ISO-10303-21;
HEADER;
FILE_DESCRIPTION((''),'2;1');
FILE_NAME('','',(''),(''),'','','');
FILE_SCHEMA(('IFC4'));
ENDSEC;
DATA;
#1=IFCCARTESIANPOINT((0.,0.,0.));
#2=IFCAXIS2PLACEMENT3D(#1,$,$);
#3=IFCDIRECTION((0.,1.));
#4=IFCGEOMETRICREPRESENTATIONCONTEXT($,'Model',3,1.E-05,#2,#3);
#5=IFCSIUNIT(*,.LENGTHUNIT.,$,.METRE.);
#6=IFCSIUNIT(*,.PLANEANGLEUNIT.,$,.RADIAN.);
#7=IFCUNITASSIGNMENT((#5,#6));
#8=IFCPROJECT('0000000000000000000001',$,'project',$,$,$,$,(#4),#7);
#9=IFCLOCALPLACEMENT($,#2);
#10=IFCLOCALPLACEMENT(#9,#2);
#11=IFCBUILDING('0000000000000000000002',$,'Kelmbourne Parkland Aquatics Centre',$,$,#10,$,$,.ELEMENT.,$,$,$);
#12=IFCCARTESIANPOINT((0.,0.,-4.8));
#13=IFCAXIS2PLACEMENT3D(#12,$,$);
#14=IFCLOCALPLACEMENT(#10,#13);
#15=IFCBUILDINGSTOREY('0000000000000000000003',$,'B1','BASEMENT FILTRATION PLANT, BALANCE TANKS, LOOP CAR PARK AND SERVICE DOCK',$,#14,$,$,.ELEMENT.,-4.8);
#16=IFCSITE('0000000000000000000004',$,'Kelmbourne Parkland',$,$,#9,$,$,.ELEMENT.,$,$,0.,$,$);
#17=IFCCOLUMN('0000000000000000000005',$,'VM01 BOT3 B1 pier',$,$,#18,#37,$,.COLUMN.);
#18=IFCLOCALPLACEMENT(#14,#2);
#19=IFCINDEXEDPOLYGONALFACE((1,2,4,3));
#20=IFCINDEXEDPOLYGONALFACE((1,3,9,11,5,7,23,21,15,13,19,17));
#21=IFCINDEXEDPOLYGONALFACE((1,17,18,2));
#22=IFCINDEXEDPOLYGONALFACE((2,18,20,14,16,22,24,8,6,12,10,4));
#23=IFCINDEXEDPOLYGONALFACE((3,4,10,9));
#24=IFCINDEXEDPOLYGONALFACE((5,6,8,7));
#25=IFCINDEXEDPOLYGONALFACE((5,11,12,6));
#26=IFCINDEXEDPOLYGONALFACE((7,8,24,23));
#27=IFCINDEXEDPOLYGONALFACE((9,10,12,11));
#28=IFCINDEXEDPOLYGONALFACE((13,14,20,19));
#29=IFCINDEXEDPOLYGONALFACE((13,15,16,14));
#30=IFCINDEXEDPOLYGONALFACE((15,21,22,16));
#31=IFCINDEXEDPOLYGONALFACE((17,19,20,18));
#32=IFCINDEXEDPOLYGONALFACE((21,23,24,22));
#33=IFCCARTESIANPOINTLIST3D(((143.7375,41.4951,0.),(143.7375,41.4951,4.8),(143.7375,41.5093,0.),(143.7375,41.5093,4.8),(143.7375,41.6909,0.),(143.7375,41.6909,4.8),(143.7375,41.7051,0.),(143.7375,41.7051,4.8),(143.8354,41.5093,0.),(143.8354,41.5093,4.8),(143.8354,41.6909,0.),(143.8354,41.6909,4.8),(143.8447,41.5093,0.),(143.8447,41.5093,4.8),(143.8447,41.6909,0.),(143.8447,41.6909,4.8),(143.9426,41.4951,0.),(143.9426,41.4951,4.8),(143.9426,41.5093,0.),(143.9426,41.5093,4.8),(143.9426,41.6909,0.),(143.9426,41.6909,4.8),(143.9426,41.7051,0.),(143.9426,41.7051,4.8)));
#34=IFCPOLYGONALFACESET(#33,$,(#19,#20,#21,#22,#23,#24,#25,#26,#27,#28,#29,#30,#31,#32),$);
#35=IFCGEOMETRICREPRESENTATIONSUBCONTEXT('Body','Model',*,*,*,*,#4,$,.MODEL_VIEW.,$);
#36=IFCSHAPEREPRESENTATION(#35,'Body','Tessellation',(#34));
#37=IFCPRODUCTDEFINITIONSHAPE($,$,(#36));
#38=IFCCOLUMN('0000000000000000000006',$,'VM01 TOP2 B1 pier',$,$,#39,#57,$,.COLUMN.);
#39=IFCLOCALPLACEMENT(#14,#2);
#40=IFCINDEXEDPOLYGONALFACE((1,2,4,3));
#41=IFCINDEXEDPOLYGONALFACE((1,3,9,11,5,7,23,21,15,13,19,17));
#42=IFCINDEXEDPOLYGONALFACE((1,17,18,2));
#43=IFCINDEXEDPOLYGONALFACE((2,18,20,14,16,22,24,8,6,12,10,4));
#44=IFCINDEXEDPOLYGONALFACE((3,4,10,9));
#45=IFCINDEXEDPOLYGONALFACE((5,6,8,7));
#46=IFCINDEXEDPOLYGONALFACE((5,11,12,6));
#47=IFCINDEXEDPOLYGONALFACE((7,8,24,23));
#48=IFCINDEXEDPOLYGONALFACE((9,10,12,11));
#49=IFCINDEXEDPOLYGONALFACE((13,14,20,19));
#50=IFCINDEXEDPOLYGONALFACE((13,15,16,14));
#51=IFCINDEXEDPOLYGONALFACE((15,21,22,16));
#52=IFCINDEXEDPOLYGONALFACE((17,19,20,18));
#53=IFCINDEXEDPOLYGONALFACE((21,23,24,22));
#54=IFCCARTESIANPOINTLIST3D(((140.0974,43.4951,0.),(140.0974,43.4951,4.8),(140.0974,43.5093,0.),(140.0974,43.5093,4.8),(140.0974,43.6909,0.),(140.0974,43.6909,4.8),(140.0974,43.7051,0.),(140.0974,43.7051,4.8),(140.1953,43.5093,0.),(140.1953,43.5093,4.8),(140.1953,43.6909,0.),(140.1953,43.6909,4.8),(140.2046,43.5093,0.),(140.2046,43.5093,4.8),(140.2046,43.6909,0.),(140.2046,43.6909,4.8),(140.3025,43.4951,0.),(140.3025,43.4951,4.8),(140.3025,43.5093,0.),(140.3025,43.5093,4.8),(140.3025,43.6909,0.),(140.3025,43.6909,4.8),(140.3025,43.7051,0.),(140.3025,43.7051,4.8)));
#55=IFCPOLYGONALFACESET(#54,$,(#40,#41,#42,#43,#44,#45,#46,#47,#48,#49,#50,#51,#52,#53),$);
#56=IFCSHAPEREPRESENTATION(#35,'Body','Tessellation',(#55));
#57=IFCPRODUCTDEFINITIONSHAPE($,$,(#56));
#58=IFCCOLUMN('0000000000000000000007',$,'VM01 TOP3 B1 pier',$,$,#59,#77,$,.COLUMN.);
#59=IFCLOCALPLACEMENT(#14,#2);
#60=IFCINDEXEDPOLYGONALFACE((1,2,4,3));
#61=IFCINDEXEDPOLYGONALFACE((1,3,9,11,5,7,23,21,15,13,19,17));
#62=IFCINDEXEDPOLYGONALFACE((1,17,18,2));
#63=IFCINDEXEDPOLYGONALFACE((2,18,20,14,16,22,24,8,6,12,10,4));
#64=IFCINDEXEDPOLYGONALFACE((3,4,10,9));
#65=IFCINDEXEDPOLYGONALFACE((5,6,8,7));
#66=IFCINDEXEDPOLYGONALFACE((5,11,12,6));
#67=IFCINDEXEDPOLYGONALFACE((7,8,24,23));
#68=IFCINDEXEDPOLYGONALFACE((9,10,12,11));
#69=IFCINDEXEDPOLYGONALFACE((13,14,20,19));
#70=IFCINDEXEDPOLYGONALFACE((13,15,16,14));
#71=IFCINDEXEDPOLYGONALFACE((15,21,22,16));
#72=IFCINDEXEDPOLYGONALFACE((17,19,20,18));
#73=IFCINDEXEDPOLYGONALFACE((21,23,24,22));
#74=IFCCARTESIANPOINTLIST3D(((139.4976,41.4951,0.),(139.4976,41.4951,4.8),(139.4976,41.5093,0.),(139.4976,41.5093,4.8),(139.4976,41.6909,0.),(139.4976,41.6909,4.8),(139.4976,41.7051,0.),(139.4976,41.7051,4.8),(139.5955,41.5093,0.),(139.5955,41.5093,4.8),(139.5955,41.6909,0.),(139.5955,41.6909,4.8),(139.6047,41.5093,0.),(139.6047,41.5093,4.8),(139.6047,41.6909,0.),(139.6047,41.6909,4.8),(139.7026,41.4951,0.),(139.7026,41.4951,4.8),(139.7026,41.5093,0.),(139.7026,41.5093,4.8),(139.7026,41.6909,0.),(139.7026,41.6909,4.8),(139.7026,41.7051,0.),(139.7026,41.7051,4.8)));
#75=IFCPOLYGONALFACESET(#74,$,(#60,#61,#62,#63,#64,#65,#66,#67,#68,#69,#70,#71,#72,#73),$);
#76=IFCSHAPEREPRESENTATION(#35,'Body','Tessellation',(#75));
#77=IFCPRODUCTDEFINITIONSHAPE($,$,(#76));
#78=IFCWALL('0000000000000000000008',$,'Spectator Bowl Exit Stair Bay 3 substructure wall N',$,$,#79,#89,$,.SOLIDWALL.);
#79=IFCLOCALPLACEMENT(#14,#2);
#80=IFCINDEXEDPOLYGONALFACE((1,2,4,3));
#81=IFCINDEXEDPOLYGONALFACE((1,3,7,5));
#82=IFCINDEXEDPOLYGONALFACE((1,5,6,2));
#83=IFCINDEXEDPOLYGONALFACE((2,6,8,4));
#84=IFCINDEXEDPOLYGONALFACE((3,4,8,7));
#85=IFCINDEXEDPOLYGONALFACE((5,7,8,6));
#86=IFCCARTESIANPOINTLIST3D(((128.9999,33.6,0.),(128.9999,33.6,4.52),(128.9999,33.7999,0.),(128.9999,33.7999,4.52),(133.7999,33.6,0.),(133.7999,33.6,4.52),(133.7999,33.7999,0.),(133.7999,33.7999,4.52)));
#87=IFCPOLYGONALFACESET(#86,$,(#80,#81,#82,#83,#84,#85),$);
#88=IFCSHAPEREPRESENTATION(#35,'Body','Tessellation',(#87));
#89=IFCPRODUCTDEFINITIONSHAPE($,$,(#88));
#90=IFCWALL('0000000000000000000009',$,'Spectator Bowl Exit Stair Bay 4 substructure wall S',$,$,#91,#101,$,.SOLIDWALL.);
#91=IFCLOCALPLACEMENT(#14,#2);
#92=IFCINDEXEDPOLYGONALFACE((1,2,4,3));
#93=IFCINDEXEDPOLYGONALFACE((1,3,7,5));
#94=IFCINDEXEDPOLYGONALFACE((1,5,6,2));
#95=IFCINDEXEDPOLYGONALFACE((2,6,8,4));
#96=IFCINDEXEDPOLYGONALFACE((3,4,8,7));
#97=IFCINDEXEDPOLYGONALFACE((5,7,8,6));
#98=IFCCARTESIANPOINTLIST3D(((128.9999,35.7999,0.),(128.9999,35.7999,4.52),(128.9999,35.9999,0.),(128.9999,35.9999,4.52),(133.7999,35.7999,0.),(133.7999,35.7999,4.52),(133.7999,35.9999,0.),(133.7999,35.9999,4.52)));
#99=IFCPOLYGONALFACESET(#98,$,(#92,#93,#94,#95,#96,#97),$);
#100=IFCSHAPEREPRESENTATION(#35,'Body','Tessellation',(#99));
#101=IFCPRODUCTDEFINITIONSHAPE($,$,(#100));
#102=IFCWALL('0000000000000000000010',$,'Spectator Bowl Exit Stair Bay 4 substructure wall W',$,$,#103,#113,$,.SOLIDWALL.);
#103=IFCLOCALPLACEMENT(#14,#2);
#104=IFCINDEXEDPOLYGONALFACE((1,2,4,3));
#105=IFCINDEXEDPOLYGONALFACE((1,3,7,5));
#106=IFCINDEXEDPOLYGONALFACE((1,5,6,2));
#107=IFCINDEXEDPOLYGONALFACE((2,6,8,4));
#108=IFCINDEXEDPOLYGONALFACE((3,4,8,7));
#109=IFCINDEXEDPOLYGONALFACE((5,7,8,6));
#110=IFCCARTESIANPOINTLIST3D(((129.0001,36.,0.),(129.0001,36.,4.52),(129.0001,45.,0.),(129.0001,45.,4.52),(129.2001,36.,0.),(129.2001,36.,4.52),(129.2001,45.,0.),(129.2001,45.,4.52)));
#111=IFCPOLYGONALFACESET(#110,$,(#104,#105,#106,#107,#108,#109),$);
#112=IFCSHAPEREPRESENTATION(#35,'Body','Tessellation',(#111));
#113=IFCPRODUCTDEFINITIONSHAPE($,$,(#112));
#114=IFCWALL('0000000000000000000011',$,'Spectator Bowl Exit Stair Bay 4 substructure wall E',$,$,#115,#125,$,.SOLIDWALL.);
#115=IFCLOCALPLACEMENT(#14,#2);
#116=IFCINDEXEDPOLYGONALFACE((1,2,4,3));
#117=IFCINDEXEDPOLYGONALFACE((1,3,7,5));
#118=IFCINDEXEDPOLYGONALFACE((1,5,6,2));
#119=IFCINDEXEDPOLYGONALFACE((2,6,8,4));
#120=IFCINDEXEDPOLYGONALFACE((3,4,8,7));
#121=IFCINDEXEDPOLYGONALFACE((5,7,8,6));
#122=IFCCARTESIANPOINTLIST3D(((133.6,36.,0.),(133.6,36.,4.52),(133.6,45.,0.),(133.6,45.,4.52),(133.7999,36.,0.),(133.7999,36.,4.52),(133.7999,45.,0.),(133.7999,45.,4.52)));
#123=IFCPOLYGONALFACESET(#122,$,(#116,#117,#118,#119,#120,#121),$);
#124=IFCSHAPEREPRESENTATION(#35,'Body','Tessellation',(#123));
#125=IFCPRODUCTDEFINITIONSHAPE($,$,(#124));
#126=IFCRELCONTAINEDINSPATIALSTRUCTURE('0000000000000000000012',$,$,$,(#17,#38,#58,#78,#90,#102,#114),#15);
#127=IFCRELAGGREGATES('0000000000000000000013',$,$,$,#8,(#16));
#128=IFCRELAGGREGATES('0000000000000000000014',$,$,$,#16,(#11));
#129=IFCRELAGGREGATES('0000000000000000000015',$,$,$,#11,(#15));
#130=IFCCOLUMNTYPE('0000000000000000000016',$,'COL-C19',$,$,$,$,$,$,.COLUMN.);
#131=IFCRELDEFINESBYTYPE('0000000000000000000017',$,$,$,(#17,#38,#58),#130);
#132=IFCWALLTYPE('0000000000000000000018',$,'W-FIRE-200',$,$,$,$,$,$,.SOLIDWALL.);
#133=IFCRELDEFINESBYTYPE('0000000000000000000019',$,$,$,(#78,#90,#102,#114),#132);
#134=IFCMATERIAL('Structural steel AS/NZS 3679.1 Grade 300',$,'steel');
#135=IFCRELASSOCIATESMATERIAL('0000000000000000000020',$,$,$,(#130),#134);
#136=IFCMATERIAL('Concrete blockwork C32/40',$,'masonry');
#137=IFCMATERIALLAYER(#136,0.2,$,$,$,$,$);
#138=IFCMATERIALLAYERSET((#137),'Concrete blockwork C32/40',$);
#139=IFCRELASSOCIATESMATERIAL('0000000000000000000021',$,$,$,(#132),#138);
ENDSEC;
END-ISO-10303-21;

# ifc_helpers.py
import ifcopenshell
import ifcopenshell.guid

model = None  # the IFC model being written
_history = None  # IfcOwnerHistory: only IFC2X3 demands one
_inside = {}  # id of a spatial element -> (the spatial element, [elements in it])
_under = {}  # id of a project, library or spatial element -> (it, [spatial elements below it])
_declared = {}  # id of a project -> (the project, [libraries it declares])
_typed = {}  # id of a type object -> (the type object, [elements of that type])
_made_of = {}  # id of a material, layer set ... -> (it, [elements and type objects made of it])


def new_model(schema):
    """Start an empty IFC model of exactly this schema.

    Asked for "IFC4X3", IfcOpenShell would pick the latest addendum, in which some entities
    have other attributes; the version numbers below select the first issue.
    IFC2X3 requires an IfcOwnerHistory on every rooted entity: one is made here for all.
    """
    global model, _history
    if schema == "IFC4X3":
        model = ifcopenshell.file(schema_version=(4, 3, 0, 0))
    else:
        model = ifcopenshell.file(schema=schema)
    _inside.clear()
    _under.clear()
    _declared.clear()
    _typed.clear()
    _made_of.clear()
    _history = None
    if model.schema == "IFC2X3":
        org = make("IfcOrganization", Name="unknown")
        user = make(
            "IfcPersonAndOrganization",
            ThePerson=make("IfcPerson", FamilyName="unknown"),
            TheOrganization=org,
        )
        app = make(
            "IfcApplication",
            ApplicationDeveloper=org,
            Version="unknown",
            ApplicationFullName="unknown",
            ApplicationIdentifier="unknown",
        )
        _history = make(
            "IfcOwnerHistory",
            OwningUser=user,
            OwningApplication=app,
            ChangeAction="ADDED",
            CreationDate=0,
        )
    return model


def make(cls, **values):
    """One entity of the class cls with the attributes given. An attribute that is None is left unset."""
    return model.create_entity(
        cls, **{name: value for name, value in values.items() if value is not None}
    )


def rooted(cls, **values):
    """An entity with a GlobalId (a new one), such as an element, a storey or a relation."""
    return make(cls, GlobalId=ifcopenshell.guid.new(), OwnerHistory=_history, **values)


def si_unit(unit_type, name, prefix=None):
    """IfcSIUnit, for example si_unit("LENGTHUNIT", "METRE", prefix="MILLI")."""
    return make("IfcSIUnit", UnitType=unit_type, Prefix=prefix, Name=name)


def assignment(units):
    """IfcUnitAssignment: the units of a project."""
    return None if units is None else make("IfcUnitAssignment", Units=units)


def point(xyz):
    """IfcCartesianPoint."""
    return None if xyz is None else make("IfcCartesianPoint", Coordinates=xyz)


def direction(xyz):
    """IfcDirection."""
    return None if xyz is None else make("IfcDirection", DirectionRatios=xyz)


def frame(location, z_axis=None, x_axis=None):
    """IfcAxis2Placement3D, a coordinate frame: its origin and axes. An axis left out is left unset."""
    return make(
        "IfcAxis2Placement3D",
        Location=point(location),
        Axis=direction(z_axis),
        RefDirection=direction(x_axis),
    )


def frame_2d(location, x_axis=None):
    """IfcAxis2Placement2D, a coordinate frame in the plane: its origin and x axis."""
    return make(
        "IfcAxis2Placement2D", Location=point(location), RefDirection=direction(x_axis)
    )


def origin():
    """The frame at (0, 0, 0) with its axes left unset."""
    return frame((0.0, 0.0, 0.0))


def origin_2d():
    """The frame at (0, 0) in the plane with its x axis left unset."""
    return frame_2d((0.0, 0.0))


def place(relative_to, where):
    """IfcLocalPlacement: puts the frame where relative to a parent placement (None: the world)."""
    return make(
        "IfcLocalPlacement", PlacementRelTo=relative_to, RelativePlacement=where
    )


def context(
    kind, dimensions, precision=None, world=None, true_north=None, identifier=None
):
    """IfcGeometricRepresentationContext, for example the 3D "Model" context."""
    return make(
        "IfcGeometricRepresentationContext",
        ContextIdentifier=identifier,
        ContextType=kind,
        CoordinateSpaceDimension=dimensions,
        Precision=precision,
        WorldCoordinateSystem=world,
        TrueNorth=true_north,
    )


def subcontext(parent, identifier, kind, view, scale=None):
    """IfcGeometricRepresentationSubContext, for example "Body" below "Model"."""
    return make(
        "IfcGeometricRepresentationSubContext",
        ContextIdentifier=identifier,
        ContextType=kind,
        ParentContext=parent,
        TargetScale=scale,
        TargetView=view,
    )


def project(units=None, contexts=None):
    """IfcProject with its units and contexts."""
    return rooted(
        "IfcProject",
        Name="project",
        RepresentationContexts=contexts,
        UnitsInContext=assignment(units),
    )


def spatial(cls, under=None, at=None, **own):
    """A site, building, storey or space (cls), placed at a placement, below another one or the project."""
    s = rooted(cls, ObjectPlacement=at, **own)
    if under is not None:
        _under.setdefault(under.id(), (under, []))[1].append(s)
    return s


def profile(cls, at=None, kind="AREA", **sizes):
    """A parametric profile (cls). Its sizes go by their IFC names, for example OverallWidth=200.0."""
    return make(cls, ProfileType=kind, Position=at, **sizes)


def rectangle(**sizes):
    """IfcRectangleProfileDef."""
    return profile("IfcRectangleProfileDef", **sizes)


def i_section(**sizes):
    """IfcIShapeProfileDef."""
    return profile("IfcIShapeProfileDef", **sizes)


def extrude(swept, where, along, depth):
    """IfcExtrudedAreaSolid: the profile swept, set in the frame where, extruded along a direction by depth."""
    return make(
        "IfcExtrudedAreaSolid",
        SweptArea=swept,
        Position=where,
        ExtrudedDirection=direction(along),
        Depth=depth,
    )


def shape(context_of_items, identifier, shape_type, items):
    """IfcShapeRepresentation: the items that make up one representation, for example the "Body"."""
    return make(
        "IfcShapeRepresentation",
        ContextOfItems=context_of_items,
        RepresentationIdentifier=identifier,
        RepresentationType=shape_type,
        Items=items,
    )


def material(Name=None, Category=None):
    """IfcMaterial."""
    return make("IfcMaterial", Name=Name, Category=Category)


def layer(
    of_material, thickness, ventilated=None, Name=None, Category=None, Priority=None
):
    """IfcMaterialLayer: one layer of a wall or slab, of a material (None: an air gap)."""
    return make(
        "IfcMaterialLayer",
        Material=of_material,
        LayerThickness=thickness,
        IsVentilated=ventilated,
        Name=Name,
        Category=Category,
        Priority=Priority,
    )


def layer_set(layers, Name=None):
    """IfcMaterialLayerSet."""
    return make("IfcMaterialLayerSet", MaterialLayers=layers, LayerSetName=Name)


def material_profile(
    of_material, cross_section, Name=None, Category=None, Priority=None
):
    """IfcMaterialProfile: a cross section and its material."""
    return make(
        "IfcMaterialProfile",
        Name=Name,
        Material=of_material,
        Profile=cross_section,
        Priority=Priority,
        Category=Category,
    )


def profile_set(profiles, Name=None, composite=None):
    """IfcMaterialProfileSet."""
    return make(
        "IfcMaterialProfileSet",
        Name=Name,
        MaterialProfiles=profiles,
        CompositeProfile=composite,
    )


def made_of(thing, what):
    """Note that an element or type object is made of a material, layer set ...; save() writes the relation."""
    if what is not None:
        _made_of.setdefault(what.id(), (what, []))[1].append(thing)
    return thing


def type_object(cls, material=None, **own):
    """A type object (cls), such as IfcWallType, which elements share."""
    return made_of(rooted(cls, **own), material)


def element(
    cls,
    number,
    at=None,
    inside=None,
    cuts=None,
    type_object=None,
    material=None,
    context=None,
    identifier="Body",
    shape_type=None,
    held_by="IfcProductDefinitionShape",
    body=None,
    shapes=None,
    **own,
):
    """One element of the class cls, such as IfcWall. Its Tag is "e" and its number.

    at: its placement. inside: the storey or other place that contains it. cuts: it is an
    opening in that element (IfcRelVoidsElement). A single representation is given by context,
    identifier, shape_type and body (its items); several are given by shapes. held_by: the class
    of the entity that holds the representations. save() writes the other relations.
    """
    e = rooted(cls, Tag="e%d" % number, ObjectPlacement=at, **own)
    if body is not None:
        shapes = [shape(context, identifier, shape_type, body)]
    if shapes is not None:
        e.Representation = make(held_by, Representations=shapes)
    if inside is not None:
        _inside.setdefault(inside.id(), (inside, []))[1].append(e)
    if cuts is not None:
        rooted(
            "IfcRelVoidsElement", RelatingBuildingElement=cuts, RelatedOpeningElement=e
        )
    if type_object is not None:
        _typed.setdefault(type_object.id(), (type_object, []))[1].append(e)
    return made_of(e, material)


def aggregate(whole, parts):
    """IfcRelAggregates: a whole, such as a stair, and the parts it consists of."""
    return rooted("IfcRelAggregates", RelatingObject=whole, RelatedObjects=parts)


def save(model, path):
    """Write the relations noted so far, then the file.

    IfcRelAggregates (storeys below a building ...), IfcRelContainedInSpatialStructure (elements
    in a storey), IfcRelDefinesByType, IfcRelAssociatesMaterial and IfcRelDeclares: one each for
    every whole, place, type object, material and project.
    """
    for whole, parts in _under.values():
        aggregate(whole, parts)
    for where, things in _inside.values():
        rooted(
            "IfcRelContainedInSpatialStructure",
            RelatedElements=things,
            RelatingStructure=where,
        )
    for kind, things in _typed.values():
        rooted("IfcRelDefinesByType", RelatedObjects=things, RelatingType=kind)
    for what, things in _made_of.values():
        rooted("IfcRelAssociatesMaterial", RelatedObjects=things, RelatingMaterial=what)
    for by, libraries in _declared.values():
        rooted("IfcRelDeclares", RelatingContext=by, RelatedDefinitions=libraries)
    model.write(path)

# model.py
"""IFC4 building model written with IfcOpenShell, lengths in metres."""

from ifc_helpers import new_model, si_unit, direction, frame, frame_2d, origin, origin_2d, place, context, subcontext, project, spatial, rectangle, i_section, extrude, material, layer, layer_set, material_profile, profile_set, type_object, element, save


model = new_model("IFC4")

# Units and contexts
model_context = context("Model", 3, precision=1e-05, world=origin(), true_north=direction((0.0, 1.0)))
body_context = subcontext(model_context, "Body", "Model", "MODEL_VIEW")
ifc_project = project(units=[si_unit("LENGTHUNIT", "METRE"), si_unit("PLANEANGLEUNIT", "RADIAN")], contexts=[model_context])

# Site, building, storey
site_placement = place(None, origin())
site = spatial("IfcSite", under=ifc_project, at=site_placement, Name="Kelmbourne Parkland", CompositionType="ELEMENT", RefElevation=0.0)
building_placement = place(site_placement, origin())
building = spatial("IfcBuilding", under=site, at=building_placement, Name="Kelmbourne Parkland Aquatics Centre", CompositionType="ELEMENT")
storey_placement = place(building_placement, frame((0.0, 0.0, -4.8)))
storey = spatial("IfcBuildingStorey", under=building, at=storey_placement, Name="B1", Description="BASEMENT FILTRATION PLANT, BALANCE TANKS, LOOP CAR PARK AND SERVICE DOCK", CompositionType="ELEMENT", Elevation=-4.8)

# Columns
ifc_material_1 = material(Name="Structural steel AS/NZS 3679.1 Grade 300", Category="steel")
ifc_material_profile_1 = material_profile(ifc_material_1, i_section(OverallWidth=0.2051, OverallDepth=0.21, WebThickness=0.0093, FlangeThickness=0.0142, at=origin_2d()), Name="200UC59.5")
ifc_profile_set_1 = profile_set([ifc_material_profile_1], Name="Structural steel AS/NZS 3679.1 Grade 300")
column_type_1 = type_object("IfcColumnType", Name="COL-C19", PredefinedType="COLUMN", material=ifc_profile_set_1)
for number, where, z_axis, x_axis, name in (
    (1, (143.8401, 41.6001, 0.0), (0.0, 0.0, 1.0), (1.0, 0.0, 0.0), "VM01 BOT3 B1 pier"),
    (2, (140.2, 43.6001, 0.0), (0.0, 0.0, 1.0), (1.0, 0.0, 0.0), "VM01 TOP2 B1 pier"),
    (3, (139.6001, 41.6001, 0.0), (0.0, 0.0, 1.0), (1.0, 0.0, 0.0), "VM01 TOP3 B1 pier"),
):
    element("IfcColumn", number, at=place(storey_placement, frame(where, z_axis=z_axis, x_axis=x_axis)), inside=storey, type_object=column_type_1, Name=name, PredefinedType="COLUMN", context=body_context, shape_type="SweptSolid", body=[
        extrude(i_section(OverallWidth=0.2051, OverallDepth=0.21, WebThickness=0.0093, FlangeThickness=0.0142, at=origin_2d()), origin(), (0.0, 0.0, 1.0), 4.8),
    ])

# Walls
ifc_material_2 = material(Name="Concrete blockwork C32/40", Category="masonry")
ifc_layer = layer(ifc_material_2, 0.2)
ifc_layer_set = layer_set([ifc_layer], Name="Concrete blockwork C32/40")
wall_type = type_object("IfcWallType", Name="W-FIRE-200", PredefinedType="SOLIDWALL", material=ifc_layer_set)
for number, where, z_axis, x_axis, name in (
    (4, (129.0, 33.7, 0.0), (0.0, 0.0, 1.0), (1.0, 0.0, 0.0), "Spectator Bowl Exit Stair Bay 3 substructure wall N"),
    (5, (129.0, 35.8999, 0.0), (0.0, 0.0, 1.0), (1.0, 0.0, 0.0), "Spectator Bowl Exit Stair Bay 4 substructure wall S"),
):
    element("IfcWall", number, at=place(storey_placement, frame(where, z_axis=z_axis, x_axis=x_axis)), inside=storey, type_object=wall_type, Name=name, PredefinedType="SOLIDWALL", context=body_context, shape_type="SweptSolid", body=[
        extrude(rectangle(XDim=4.8, YDim=0.2, at=frame_2d((2.3999, 0.0))), origin(), (0.0, 0.0, 1.0), 4.52),
    ])
for number, where, z_axis, x_axis, name in (
    (6, (129.1001, 36.0, 0.0), (0.0, 0.0, 1.0), (0.0, 1.0, 0.0), "Spectator Bowl Exit Stair Bay 4 substructure wall W"),
    (7, (133.7, 36.0, 0.0), (0.0, 0.0, 1.0), (0.0, 1.0, 0.0), "Spectator Bowl Exit Stair Bay 4 substructure wall E"),
):
    element("IfcWall", number, at=place(storey_placement, frame(where, z_axis=z_axis, x_axis=x_axis)), inside=storey, type_object=wall_type, Name=name, PredefinedType="SOLIDWALL", context=body_context, shape_type="SweptSolid", body=[
        extrude(rectangle(XDim=9.0, YDim=0.2, at=frame_2d((4.5, 0.0))), origin(), (0.0, 0.0, 1.0), 4.52),
    ])

save(model, "model.ifc")
